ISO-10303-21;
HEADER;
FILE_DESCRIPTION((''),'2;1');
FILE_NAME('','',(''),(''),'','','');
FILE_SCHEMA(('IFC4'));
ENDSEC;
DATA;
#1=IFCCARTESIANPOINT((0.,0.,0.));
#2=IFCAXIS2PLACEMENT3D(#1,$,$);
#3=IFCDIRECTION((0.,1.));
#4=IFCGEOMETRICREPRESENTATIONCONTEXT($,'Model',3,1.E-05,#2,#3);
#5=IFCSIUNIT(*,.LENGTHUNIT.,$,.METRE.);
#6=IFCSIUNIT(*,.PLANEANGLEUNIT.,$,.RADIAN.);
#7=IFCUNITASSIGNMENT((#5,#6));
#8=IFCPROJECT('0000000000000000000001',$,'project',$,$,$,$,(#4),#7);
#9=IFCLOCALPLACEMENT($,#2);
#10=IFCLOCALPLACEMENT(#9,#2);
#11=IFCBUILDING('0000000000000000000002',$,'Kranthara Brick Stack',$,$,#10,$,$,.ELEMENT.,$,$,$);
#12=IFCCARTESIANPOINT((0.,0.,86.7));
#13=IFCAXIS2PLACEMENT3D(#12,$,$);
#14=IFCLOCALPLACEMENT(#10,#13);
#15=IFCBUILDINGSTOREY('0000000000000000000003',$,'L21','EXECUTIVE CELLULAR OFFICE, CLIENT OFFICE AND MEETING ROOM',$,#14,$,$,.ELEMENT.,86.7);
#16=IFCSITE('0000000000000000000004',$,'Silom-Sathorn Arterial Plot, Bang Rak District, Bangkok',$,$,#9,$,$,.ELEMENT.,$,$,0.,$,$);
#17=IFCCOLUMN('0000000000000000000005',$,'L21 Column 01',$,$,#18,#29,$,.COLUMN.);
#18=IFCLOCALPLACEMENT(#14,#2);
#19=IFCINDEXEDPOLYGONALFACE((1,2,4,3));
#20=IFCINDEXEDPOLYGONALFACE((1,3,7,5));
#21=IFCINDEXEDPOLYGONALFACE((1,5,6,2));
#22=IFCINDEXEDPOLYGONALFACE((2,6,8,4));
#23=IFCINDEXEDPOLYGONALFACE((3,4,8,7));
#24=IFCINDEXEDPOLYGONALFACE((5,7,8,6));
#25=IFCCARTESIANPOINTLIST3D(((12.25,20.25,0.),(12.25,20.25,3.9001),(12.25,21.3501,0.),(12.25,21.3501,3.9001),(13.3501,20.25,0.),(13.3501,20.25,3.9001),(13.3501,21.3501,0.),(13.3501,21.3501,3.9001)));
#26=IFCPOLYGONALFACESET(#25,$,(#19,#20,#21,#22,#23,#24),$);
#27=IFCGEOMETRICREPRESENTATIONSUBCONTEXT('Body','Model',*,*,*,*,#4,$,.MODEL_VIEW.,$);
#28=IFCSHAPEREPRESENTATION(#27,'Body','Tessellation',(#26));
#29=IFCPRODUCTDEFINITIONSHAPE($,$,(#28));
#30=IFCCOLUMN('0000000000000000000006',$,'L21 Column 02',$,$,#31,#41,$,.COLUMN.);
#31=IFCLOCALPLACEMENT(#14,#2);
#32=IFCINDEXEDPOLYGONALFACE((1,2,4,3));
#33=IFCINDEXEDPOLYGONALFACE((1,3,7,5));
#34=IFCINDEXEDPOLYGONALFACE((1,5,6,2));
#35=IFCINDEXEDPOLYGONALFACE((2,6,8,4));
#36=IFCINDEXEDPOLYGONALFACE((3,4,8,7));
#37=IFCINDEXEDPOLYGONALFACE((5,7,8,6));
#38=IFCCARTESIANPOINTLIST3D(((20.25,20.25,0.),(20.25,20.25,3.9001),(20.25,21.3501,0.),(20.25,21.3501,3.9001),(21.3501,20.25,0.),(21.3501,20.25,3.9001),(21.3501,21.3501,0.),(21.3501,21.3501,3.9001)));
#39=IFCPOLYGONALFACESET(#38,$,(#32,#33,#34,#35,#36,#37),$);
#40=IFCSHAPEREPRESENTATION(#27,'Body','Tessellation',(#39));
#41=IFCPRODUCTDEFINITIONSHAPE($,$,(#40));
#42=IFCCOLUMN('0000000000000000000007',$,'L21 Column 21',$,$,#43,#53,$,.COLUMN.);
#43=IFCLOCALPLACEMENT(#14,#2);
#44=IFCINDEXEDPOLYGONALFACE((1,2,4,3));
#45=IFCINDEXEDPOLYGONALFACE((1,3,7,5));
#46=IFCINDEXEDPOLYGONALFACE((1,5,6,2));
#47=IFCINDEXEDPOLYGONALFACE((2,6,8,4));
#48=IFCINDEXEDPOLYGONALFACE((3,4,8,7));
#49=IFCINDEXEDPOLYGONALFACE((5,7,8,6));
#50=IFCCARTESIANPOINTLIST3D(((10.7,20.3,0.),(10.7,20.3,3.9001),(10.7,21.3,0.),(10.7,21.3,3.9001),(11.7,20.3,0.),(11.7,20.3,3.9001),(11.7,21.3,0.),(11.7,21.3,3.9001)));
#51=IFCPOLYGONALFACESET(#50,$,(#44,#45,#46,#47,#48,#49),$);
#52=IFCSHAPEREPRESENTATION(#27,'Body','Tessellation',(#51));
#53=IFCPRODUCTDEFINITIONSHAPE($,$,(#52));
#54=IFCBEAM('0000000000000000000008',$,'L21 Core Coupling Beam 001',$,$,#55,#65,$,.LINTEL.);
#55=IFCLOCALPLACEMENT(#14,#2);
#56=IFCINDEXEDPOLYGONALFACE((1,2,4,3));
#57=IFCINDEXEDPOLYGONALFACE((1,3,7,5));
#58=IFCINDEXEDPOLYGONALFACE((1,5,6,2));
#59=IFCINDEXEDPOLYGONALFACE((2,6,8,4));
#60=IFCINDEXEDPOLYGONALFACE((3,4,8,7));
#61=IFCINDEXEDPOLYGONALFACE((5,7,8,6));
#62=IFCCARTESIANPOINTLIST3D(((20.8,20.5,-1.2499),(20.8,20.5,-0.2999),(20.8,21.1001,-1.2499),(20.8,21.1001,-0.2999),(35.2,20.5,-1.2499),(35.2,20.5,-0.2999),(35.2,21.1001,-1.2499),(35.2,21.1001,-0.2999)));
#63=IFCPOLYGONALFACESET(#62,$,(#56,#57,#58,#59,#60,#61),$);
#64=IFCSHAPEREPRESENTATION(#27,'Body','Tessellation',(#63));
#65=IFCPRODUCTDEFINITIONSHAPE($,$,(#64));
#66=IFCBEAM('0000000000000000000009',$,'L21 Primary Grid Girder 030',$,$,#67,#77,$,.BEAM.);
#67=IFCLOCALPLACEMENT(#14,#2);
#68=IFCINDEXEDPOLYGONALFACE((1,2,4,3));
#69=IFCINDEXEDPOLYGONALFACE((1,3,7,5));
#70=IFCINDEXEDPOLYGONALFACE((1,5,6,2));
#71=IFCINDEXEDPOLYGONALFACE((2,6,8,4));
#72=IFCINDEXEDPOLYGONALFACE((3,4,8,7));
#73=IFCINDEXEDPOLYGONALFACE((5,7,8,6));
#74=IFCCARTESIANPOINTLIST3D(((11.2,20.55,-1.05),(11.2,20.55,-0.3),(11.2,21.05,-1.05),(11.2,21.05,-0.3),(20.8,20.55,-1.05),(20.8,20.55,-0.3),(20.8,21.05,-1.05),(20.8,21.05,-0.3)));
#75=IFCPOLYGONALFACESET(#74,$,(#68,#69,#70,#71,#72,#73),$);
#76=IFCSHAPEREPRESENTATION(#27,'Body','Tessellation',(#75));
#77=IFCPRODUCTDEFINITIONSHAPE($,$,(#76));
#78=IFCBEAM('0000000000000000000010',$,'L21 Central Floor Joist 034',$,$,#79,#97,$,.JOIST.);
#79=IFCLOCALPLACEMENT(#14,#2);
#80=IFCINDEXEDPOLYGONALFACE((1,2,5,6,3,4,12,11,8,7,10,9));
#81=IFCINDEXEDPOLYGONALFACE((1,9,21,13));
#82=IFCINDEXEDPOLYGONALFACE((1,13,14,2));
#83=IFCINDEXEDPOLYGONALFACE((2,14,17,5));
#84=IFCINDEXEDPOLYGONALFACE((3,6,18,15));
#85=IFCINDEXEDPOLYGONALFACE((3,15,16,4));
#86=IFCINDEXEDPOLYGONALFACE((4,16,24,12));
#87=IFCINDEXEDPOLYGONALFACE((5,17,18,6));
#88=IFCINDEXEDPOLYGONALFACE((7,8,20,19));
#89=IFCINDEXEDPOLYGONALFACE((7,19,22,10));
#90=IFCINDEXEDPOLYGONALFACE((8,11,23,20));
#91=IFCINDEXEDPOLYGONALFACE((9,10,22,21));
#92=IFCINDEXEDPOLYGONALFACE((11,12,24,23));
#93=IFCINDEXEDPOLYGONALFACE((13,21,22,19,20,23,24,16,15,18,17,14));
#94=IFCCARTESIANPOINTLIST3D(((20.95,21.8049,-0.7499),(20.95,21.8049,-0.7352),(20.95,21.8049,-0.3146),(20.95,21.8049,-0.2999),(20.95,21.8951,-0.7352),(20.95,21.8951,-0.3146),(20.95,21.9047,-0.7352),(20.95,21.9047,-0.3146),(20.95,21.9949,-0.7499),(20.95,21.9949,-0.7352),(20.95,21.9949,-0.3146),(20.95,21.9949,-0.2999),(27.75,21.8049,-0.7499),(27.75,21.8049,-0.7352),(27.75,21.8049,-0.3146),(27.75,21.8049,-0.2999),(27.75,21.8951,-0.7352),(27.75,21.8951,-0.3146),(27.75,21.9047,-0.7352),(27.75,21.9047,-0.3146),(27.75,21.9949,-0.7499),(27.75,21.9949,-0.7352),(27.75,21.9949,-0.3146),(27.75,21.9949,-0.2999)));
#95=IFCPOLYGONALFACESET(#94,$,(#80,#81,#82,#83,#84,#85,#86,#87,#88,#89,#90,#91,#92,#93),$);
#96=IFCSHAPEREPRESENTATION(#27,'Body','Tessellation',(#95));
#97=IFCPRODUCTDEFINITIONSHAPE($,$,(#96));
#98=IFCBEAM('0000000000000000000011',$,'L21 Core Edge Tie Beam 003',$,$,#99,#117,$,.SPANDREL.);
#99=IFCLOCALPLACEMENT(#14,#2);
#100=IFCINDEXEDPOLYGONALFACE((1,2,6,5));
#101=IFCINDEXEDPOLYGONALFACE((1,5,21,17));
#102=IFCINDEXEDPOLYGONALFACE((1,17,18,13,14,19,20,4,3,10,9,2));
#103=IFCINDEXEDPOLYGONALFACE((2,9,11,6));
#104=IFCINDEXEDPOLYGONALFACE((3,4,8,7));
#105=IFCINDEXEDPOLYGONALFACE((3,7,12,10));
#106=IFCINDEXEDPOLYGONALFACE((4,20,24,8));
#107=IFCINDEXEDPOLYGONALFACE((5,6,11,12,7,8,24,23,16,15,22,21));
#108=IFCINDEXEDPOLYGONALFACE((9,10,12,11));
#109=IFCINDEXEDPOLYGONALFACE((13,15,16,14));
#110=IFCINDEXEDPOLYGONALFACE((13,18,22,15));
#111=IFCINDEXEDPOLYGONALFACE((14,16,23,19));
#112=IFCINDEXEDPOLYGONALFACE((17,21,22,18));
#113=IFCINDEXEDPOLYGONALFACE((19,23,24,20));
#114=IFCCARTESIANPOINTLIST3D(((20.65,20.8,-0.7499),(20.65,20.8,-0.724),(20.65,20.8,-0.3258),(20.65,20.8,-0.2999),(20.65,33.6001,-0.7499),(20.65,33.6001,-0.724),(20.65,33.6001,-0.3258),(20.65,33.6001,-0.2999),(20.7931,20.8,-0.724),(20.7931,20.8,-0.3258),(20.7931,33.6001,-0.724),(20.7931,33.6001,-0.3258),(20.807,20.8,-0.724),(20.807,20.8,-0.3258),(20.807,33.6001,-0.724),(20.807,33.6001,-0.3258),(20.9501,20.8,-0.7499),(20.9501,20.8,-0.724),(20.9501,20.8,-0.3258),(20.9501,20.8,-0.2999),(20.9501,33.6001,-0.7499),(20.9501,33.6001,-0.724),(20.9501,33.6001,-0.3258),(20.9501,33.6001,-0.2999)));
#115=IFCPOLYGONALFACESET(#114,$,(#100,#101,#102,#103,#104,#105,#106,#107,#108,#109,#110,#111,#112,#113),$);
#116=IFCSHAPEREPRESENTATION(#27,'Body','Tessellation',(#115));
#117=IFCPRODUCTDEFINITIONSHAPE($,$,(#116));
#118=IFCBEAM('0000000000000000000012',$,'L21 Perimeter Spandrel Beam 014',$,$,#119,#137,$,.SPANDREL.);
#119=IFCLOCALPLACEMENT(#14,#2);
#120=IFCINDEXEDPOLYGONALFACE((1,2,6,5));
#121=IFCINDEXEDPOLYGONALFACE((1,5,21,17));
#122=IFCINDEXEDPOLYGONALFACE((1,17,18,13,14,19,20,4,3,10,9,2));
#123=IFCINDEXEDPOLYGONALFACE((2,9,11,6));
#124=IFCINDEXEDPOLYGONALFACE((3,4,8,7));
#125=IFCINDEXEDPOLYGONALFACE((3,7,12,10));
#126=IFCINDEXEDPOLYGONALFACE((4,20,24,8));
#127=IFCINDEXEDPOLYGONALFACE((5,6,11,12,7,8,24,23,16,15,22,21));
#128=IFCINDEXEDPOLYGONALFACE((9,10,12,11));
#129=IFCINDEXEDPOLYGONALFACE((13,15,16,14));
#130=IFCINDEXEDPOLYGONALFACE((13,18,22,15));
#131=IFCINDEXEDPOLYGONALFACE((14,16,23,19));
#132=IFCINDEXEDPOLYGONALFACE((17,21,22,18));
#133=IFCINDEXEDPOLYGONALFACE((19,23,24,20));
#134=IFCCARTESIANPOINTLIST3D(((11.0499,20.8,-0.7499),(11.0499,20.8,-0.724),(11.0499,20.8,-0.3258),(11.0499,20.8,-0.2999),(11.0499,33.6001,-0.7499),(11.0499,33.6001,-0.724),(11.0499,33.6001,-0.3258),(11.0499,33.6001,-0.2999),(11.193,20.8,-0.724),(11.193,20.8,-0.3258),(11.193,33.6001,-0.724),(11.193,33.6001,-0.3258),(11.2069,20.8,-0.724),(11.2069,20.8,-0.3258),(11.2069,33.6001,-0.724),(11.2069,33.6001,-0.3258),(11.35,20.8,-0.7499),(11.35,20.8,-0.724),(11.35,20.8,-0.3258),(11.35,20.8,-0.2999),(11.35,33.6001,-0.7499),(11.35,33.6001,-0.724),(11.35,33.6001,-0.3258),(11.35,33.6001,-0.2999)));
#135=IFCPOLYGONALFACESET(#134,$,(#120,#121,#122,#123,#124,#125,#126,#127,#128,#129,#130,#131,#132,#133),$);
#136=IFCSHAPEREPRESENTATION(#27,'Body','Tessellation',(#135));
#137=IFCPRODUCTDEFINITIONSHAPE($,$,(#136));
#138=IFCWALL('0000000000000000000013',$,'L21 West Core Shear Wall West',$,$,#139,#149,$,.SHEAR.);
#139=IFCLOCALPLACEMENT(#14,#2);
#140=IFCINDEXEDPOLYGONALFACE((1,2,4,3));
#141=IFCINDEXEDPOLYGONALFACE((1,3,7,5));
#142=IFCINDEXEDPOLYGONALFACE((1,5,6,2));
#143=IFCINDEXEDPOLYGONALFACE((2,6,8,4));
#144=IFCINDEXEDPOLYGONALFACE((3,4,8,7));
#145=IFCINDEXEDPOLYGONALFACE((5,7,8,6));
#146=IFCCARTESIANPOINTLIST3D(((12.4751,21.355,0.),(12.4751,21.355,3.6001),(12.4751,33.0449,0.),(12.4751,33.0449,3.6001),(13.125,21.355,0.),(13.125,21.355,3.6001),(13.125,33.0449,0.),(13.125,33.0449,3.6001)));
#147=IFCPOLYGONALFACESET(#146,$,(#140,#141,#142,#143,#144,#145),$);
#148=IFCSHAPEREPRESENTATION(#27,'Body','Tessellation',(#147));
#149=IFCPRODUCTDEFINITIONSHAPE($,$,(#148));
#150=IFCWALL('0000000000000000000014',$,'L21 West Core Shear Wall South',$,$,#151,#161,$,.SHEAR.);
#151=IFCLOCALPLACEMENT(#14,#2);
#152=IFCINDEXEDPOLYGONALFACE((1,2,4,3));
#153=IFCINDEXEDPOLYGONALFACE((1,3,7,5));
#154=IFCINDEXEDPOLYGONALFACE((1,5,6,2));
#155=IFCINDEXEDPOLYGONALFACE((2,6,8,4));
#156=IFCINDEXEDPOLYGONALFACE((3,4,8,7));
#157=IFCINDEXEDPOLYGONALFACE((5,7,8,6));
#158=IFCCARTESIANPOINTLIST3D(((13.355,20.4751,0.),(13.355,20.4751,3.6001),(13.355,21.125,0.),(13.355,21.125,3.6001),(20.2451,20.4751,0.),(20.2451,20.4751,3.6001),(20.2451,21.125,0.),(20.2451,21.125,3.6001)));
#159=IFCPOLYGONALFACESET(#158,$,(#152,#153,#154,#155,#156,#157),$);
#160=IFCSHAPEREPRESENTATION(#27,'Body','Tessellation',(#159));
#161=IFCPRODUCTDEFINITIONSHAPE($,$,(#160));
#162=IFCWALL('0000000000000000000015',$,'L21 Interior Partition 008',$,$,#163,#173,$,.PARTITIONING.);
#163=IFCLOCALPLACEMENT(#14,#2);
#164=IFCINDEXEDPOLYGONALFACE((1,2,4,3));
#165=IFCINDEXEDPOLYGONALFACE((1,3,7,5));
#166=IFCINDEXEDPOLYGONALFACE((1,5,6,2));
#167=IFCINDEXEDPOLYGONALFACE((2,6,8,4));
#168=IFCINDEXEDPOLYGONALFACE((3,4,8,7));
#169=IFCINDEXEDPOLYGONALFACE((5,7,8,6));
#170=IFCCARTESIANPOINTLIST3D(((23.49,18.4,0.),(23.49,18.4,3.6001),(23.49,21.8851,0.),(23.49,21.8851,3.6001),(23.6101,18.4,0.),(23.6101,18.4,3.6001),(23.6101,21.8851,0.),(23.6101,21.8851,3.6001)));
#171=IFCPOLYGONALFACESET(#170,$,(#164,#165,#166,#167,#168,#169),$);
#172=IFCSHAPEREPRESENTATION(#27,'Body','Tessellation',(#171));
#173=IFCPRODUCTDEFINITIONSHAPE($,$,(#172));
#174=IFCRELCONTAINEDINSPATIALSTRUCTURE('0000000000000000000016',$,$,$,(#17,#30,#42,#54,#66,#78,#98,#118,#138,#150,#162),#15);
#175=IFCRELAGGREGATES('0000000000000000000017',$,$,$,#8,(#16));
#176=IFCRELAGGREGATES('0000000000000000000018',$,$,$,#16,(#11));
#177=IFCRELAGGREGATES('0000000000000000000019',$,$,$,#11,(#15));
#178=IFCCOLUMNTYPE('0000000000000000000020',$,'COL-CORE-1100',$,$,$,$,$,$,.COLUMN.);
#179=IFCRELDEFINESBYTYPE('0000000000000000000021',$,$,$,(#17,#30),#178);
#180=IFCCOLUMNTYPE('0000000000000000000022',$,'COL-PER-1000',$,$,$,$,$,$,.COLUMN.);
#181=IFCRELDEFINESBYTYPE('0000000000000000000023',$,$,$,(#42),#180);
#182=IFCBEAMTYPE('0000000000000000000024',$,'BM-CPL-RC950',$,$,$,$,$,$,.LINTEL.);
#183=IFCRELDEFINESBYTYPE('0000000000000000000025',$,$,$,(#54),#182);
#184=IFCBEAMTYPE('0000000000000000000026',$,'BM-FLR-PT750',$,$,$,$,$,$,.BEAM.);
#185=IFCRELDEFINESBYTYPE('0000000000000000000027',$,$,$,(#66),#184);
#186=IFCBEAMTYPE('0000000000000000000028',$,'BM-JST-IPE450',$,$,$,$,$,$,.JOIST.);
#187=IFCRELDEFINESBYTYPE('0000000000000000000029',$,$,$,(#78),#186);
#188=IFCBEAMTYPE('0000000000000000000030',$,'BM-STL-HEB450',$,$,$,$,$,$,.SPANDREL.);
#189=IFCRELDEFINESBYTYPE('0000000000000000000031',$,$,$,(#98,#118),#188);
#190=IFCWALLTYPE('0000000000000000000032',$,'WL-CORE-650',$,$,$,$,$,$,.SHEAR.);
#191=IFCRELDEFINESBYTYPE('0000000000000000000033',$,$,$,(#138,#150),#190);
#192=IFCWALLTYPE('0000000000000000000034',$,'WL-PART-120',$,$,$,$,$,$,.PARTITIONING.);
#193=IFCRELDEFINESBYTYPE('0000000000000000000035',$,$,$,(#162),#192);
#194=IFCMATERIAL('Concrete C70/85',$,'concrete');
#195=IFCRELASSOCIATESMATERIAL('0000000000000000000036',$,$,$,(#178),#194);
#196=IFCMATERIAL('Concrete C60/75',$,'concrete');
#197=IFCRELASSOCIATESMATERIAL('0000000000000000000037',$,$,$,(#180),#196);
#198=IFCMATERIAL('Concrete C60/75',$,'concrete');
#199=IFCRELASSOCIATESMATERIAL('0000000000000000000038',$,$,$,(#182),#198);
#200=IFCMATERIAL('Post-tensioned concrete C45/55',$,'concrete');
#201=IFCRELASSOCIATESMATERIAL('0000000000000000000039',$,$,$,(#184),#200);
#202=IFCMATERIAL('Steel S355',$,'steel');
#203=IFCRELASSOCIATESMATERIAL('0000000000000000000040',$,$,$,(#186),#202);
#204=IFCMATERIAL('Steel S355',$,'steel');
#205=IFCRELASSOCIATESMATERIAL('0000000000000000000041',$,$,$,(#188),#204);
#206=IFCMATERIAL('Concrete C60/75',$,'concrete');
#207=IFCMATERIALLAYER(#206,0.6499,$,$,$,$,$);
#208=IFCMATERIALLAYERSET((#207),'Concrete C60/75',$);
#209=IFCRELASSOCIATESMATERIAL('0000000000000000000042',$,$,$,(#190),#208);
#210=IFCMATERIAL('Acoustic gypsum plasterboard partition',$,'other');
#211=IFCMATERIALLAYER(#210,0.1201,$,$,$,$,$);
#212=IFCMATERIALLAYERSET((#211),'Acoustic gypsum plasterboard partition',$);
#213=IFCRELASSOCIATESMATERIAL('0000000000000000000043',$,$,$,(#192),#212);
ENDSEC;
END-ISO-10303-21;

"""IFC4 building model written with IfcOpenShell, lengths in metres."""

from ifc_helpers import new_model, si_unit, direction, frame, frame_2d, origin, origin_2d, place, context, subcontext, project, spatial, rectangle, i_section, extrude, material, layer, layer_set, material_profile, profile_set, type_object, element, save


model = new_model("IFC4")

# Units and contexts
model_context = context("Model", 3, precision=1e-05, world=origin(), true_north=direction((0.0, 1.0)))
body_context = subcontext(model_context, "Body", "Model", "MODEL_VIEW")
ifc_project = project(units=[si_unit("LENGTHUNIT", "METRE"), si_unit("PLANEANGLEUNIT", "RADIAN")], contexts=[model_context])

# Site, building, storey
site_placement = place(None, origin())
site = spatial("IfcSite", under=ifc_project, at=site_placement, Name="Silom-Sathorn Arterial Plot, Bang Rak District, Bangkok", CompositionType="ELEMENT", RefElevation=0.0)
building_placement = place(site_placement, origin())
building = spatial("IfcBuilding", under=site, at=building_placement, Name="Kranthara Brick Stack", CompositionType="ELEMENT")
storey_placement = place(building_placement, frame((0.0, 0.0, 86.7)))
storey = spatial("IfcBuildingStorey", under=building, at=storey_placement, Name="L21", Description="EXECUTIVE CELLULAR OFFICE, CLIENT OFFICE AND MEETING ROOM", CompositionType="ELEMENT", Elevation=86.7)

# Columns
ifc_material_1 = material(Name="Concrete C70/85", Category="concrete")
ifc_material_profile_1 = material_profile(ifc_material_1, rectangle(XDim=1.1001, YDim=1.1001, at=origin_2d()), Name="RC 1100x1100")
ifc_profile_set_1 = profile_set([ifc_material_profile_1], Name="Concrete C70/85")
column_type_1 = type_object("IfcColumnType", Name="COL-CORE-1100", PredefinedType="COLUMN", material=ifc_profile_set_1)
for number, where, z_axis, x_axis, name in (
    (1, (12.8, 20.8, 0.0), (0.0, 0.0, 1.0), (1.0, 0.0, 0.0), "L21 Column 01"),
    (2, (20.8, 20.8, 0.0), (0.0, 0.0, 1.0), (1.0, 0.0, 0.0), "L21 Column 02"),
):
    element("IfcColumn", number, at=place(storey_placement, frame(where, z_axis=z_axis, x_axis=x_axis)), inside=storey, type_object=column_type_1, Name=name, PredefinedType="COLUMN", context=body_context, shape_type="SweptSolid", body=[
        extrude(rectangle(XDim=1.1001, YDim=1.1001, at=origin_2d()), origin(), (0.0, 0.0, 1.0), 3.9001),
    ])
ifc_material_2 = material(Name="Concrete C60/75", Category="concrete")
ifc_material_profile_2 = material_profile(ifc_material_2, rectangle(XDim=1.0, YDim=1.0, at=origin_2d()), Name="RC 1000x1000")
ifc_profile_set_2 = profile_set([ifc_material_profile_2], Name="Concrete C60/75")
column_type_2 = type_object("IfcColumnType", Name="COL-PER-1000", PredefinedType="COLUMN", material=ifc_profile_set_2)
column_placement = place(storey_placement, frame((11.2, 20.8, 0.0), z_axis=(0.0, 0.0, 1.0), x_axis=(1.0, 0.0, 0.0)))
element("IfcColumn", 3, at=column_placement, inside=storey, type_object=column_type_2, Name="L21 Column 21", PredefinedType="COLUMN", context=body_context, shape_type="SweptSolid", body=[
    extrude(rectangle(XDim=1.0, YDim=1.0, at=origin_2d()), origin(), (0.0, 0.0, 1.0), 3.9001),
])

# Beams
ifc_material_3 = material(Name="Concrete C60/75", Category="concrete")
ifc_material_profile_3 = material_profile(ifc_material_3, rectangle(XDim=0.6001, YDim=0.95, at=origin_2d()), Name="RC 600x950")
ifc_profile_set_3 = profile_set([ifc_material_profile_3], Name="Concrete C60/75")
beam_type_1 = type_object("IfcBeamType", Name="BM-CPL-RC950", PredefinedType="LINTEL", material=ifc_profile_set_3)
beam_1_placement = place(storey_placement, frame((20.8, 20.8, -0.7749), z_axis=(1.0, 0.0, 0.0), x_axis=(0.0, 1.0, 0.0)))
element("IfcBeam", 4, at=beam_1_placement, inside=storey, type_object=beam_type_1, Name="L21 Core Coupling Beam 001", PredefinedType="LINTEL", context=body_context, shape_type="SweptSolid", body=[
    extrude(rectangle(XDim=0.6001, YDim=0.95, at=origin_2d()), origin(), (0.0, 0.0, 1.0), 14.3999),
])
ifc_material_4 = material(Name="Post-tensioned concrete C45/55", Category="concrete")
ifc_material_profile_4 = material_profile(ifc_material_4, rectangle(XDim=0.5, YDim=0.75, at=origin_2d()), Name="PT 500x750")
ifc_profile_set_4 = profile_set([ifc_material_profile_4], Name="Post-tensioned concrete C45/55")
beam_type_2 = type_object("IfcBeamType", Name="BM-FLR-PT750", PredefinedType="BEAM", material=ifc_profile_set_4)
beam_2_placement = place(storey_placement, frame((11.2, 20.8, -0.675), z_axis=(1.0, 0.0, 0.0), x_axis=(0.0, 1.0, 0.0)))
element("IfcBeam", 5, at=beam_2_placement, inside=storey, type_object=beam_type_2, Name="L21 Primary Grid Girder 030", PredefinedType="BEAM", context=body_context, shape_type="SweptSolid", body=[
    extrude(rectangle(XDim=0.5, YDim=0.75, at=origin_2d()), origin(), (0.0, 0.0, 1.0), 9.6001),
])
ifc_material_5 = material(Name="Steel S355", Category="steel")
ifc_material_profile_5 = material_profile(ifc_material_5, i_section(OverallWidth=0.1899, OverallDepth=0.45, WebThickness=0.0095, FlangeThickness=0.0146, at=origin_2d()), Name="IPE 450")
ifc_profile_set_5 = profile_set([ifc_material_profile_5], Name="Steel S355")
beam_type_3 = type_object("IfcBeamType", Name="BM-JST-IPE450", PredefinedType="JOIST", material=ifc_profile_set_5)
beam_3_placement = place(storey_placement, frame((20.95, 21.8999, -0.5249), z_axis=(1.0, 0.0, 0.0), x_axis=(0.0, 1.0, 0.0)))
element("IfcBeam", 6, at=beam_3_placement, inside=storey, type_object=beam_type_3, Name="L21 Central Floor Joist 034", PredefinedType="JOIST", context=body_context, shape_type="SweptSolid", body=[
    extrude(i_section(OverallWidth=0.1899, OverallDepth=0.45, WebThickness=0.0095, FlangeThickness=0.0146, at=origin_2d()), origin(), (0.0, 0.0, 1.0), 6.8),
])
ifc_material_6 = material(Name="Steel S355", Category="steel")
ifc_material_profile_6 = material_profile(ifc_material_6, i_section(OverallWidth=0.3, OverallDepth=0.45, WebThickness=0.0139, FlangeThickness=0.0259, at=origin_2d()), Name="HEB 450")
ifc_profile_set_6 = profile_set([ifc_material_profile_6], Name="Steel S355")
beam_type_4 = type_object("IfcBeamType", Name="BM-STL-HEB450", PredefinedType="SPANDREL", material=ifc_profile_set_6)
for number, where, z_axis, x_axis, name in (
    (7, (20.8, 20.8, -0.5249), (0.0, 1.0, 0.0), (-1.0, 0.0, 0.0), "L21 Core Edge Tie Beam 003"),
    (8, (11.2, 20.8, -0.5249), (0.0, 1.0, 0.0), (-1.0, 0.0, 0.0), "L21 Perimeter Spandrel Beam 014"),
):
    element("IfcBeam", number, at=place(storey_placement, frame(where, z_axis=z_axis, x_axis=x_axis)), inside=storey, type_object=beam_type_4, Name=name, PredefinedType="SPANDREL", context=body_context, shape_type="SweptSolid", body=[
        extrude(i_section(OverallWidth=0.3, OverallDepth=0.45, WebThickness=0.0139, FlangeThickness=0.0259, at=origin_2d()), origin(), (0.0, 0.0, 1.0), 12.8),
    ])

# Walls
ifc_material_7 = material(Name="Concrete C60/75", Category="concrete")
ifc_layer_1 = layer(ifc_material_7, 0.6499)
ifc_layer_set_1 = layer_set([ifc_layer_1], Name="Concrete C60/75")
wall_type_1 = type_object("IfcWallType", Name="WL-CORE-650", PredefinedType="SHEAR", material=ifc_layer_set_1)
wall_1_placement = place(storey_placement, frame((12.8, 21.355, 0.0), z_axis=(0.0, 0.0, 1.0), x_axis=(0.0, 1.0, 0.0)))
element("IfcWall", 9, at=wall_1_placement, inside=storey, type_object=wall_type_1, Name="L21 West Core Shear Wall West", PredefinedType="SHEAR", context=body_context, shape_type="SweptSolid", body=[
    extrude(rectangle(XDim=11.6899, YDim=0.6499, at=frame_2d((5.845, 0.0))), origin(), (0.0, 0.0, 1.0), 3.6001),
])
wall_2_placement = place(storey_placement, frame((13.355, 20.8, 0.0), z_axis=(0.0, 0.0, 1.0), x_axis=(1.0, 0.0, 0.0)))
element("IfcWall", 10, at=wall_2_placement, inside=storey, type_object=wall_type_1, Name="L21 West Core Shear Wall South", PredefinedType="SHEAR", context=body_context, shape_type="SweptSolid", body=[
    extrude(rectangle(XDim=6.8901, YDim=0.6499, at=frame_2d((3.4451, 0.0))), origin(), (0.0, 0.0, 1.0), 3.6001),
])

# Wall
ifc_material_8 = material(Name="Acoustic gypsum plasterboard partition", Category="other")
ifc_layer_2 = layer(ifc_material_8, 0.1201)
ifc_layer_set_2 = layer_set([ifc_layer_2], Name="Acoustic gypsum plasterboard partition")
wall_type_2 = type_object("IfcWallType", Name="WL-PART-120", PredefinedType="PARTITIONING", material=ifc_layer_set_2)
wall_3_placement = place(storey_placement, frame((23.55, 18.3999, 0.0), z_axis=(0.0, 0.0, 1.0), x_axis=(0.0, 1.0, 0.0)))
element("IfcWall", 11, at=wall_3_placement, inside=storey, type_object=wall_type_2, Name="L21 Interior Partition 008", PredefinedType="PARTITIONING", context=body_context, shape_type="SweptSolid", body=[
    extrude(rectangle(XDim=3.4851, YDim=0.1201, at=frame_2d((1.7427, 0.0))), origin(), (0.0, 0.0, 1.0), 3.6001),
])

save(model, "model.ifc")
